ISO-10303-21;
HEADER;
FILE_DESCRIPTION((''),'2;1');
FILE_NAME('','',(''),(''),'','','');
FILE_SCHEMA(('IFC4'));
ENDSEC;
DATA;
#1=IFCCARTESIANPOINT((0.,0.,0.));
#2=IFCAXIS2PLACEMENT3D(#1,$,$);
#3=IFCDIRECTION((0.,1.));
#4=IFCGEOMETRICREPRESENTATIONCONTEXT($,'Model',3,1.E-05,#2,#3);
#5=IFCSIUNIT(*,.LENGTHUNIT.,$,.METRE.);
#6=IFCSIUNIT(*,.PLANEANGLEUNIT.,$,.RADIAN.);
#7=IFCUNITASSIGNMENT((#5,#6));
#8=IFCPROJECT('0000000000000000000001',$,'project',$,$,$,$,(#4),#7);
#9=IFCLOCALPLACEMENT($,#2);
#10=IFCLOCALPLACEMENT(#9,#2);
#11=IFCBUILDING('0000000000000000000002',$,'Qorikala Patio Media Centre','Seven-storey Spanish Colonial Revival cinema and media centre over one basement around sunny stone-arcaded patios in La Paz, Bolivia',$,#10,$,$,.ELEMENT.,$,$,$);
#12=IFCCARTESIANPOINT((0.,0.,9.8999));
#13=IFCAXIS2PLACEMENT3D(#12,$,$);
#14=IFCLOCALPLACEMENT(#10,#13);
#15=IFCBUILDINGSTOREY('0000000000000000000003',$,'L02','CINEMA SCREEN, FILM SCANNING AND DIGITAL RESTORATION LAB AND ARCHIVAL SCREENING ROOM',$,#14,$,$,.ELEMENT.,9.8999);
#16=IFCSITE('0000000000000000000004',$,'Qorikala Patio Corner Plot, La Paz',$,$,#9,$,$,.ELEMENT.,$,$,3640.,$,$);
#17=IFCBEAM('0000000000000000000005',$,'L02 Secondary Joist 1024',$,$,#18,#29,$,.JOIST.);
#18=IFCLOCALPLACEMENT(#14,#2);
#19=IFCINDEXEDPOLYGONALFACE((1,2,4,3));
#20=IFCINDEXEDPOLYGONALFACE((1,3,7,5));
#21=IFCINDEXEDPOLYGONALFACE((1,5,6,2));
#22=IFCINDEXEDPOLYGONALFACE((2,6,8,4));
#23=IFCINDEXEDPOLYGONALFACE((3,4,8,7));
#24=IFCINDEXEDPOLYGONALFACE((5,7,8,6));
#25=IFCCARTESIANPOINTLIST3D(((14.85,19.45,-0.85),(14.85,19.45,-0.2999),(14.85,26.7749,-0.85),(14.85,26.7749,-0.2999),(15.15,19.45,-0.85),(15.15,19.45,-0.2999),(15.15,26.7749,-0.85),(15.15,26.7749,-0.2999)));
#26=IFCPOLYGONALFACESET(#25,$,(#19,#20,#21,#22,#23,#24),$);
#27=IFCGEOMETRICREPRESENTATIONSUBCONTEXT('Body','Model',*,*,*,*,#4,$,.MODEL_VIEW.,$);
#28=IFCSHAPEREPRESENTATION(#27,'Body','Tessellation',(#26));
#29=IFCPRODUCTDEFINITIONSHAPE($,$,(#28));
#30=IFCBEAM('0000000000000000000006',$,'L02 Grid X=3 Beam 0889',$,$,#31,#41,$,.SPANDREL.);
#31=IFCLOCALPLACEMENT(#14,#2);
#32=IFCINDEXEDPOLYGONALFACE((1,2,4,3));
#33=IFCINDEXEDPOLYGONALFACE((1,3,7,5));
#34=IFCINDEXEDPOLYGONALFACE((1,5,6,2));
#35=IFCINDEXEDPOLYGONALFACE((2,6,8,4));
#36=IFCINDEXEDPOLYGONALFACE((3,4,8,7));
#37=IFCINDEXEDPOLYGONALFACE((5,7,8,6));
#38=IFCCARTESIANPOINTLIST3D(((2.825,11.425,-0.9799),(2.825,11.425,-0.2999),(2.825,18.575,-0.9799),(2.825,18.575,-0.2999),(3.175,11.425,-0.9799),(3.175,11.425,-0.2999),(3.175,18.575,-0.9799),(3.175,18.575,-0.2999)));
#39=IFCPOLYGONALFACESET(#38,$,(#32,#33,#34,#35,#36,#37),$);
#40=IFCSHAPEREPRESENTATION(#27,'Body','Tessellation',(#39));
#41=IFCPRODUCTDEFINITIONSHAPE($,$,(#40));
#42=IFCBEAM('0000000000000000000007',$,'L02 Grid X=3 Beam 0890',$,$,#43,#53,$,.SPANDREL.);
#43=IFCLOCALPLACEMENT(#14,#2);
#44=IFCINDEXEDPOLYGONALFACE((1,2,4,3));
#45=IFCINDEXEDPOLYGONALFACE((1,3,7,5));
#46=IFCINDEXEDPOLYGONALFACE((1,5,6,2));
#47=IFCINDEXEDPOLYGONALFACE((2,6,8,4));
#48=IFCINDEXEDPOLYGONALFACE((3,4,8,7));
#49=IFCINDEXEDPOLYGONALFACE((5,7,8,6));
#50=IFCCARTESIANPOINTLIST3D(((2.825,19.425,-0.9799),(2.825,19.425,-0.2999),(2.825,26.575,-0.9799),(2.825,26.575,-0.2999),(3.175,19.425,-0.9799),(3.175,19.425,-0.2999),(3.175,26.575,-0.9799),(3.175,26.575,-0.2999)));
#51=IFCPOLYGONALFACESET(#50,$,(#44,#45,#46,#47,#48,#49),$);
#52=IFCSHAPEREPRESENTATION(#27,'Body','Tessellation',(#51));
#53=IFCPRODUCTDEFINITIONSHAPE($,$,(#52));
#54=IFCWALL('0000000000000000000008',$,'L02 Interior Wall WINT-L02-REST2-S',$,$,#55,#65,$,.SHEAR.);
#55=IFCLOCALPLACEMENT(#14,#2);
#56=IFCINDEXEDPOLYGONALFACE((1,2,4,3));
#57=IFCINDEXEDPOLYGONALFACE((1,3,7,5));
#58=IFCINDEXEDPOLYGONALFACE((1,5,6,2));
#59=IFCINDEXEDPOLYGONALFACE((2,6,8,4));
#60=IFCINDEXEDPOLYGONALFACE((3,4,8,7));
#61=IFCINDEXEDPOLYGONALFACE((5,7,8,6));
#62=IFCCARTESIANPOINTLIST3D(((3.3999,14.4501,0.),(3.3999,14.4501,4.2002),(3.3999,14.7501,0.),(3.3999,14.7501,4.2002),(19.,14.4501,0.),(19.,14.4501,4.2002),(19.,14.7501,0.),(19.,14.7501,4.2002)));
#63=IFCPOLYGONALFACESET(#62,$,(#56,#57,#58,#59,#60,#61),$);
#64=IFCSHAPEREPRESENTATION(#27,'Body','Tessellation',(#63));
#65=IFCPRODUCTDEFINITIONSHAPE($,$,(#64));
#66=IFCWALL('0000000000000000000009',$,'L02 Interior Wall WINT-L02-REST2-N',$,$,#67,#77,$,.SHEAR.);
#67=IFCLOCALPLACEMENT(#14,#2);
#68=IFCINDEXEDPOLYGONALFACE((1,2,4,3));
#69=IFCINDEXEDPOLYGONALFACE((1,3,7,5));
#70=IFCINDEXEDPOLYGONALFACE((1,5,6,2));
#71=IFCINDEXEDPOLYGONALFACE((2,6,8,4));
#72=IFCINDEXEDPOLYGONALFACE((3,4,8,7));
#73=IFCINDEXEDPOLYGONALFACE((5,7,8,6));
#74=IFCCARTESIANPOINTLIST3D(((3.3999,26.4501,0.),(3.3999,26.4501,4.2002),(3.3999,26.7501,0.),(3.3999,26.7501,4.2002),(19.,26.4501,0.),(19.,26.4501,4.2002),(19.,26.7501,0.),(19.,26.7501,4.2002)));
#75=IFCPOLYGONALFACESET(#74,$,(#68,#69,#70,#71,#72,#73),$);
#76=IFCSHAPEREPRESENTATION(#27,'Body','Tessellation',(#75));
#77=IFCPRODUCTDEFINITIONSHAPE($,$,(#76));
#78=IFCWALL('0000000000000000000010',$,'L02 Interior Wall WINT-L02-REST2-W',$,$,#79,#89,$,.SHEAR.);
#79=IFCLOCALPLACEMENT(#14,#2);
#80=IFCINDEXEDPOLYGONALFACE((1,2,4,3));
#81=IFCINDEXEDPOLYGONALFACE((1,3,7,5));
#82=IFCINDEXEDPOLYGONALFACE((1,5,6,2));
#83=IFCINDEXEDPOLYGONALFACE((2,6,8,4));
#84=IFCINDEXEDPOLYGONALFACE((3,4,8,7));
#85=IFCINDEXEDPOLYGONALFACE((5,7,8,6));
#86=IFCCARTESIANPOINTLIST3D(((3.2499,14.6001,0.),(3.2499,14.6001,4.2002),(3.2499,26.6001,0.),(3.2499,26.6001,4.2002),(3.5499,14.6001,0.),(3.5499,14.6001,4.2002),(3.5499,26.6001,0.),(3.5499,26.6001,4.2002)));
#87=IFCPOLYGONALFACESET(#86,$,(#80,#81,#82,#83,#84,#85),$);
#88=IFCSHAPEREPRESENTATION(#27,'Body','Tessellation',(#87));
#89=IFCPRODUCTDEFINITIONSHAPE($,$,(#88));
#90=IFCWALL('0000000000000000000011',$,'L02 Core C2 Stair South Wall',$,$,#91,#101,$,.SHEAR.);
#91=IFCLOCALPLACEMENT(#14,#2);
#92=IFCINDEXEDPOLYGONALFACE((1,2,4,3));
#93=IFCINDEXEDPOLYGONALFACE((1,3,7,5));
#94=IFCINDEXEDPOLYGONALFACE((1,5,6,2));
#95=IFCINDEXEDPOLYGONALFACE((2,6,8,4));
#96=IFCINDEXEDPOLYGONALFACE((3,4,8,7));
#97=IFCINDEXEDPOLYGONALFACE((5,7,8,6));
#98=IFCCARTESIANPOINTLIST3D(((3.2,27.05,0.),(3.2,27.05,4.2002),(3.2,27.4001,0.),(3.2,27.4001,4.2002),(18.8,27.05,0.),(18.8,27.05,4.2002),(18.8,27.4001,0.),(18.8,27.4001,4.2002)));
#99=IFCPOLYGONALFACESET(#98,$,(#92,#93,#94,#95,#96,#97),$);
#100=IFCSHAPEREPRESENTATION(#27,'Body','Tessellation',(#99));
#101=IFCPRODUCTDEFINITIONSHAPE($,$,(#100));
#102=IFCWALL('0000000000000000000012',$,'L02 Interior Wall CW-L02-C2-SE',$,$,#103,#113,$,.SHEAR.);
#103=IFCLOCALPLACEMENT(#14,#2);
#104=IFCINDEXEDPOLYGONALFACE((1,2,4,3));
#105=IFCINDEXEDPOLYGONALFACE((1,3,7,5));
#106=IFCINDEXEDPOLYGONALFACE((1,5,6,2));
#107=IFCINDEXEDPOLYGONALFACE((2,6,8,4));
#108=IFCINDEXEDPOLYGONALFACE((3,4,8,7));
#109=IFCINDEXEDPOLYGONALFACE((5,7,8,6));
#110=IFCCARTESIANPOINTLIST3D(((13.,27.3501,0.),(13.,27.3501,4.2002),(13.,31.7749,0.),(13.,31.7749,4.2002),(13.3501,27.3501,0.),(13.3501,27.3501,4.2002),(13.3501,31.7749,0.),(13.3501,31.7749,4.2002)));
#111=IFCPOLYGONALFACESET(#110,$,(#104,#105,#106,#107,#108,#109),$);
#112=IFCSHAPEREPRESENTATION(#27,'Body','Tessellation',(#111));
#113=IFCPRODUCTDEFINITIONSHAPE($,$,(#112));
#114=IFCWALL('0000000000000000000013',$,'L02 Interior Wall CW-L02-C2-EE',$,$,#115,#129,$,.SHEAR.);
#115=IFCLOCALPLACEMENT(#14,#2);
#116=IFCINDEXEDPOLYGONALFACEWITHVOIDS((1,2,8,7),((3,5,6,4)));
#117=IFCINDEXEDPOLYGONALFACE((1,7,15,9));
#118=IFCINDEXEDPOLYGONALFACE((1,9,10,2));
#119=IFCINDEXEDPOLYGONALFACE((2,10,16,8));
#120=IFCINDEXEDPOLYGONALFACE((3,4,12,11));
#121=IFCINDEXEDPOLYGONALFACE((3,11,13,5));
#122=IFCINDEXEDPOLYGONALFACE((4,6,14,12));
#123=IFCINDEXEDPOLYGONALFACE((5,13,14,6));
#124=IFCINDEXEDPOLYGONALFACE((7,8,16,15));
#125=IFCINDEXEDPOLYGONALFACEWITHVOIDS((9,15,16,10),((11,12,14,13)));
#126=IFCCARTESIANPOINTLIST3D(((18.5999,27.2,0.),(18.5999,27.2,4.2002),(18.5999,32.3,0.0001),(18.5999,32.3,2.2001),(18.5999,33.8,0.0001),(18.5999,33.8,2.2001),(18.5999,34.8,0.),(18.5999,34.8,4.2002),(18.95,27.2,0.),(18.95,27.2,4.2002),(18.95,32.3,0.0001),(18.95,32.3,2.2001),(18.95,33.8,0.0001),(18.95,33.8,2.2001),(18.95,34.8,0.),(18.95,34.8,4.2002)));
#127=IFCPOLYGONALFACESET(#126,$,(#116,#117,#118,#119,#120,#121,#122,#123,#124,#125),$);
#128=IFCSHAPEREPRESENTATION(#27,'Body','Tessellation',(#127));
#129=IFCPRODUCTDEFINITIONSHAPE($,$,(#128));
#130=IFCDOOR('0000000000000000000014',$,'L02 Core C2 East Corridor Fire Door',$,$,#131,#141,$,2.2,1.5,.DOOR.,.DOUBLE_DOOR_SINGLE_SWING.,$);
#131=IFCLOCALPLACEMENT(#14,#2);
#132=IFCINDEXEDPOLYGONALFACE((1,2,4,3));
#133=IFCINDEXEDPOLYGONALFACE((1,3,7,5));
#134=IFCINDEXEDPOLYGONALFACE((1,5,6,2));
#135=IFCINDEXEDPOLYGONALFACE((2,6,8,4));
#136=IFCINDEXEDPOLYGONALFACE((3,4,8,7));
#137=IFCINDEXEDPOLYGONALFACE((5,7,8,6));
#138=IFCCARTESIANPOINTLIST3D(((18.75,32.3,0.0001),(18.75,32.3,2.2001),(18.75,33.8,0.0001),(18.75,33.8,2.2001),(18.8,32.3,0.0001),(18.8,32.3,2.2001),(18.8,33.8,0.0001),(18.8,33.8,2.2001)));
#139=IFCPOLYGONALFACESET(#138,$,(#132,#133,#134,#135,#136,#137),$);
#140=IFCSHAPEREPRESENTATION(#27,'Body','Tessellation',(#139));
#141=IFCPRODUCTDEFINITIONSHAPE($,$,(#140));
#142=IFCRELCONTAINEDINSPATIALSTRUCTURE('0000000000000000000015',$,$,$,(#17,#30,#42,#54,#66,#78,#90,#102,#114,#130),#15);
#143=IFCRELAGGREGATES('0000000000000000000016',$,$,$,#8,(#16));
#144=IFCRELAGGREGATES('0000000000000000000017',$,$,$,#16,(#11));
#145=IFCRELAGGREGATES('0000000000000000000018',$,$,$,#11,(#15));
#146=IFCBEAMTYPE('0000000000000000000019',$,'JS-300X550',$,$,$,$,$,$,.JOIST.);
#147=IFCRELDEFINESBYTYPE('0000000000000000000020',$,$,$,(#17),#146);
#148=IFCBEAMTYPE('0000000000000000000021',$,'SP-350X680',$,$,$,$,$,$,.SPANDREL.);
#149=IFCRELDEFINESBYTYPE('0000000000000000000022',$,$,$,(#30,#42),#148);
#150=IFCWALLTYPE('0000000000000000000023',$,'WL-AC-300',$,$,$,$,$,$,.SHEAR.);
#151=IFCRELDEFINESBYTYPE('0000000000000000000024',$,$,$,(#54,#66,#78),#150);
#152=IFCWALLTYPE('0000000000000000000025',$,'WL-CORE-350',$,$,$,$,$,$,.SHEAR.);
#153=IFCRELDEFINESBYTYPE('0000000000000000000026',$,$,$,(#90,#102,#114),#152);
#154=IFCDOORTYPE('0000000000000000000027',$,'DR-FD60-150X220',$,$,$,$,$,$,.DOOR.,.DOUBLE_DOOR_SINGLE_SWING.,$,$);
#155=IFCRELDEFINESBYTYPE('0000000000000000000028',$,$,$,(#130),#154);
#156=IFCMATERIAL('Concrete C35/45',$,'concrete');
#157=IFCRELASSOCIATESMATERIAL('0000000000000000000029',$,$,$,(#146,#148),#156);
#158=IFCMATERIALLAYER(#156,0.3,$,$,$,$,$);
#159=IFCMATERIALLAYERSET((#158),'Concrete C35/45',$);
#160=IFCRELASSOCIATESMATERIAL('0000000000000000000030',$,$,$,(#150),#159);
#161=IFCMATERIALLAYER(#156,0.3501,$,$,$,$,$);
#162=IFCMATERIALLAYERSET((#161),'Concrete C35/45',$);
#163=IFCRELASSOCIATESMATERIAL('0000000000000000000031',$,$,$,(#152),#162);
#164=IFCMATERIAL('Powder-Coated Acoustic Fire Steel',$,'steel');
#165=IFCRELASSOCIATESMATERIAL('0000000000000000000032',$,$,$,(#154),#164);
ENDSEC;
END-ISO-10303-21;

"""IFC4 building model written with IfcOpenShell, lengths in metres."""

from ifc_helpers import new_model, si_unit, direction, frame, frame_2d, origin, origin_2d, place, context, subcontext, project, spatial, rectangle, extrude, material, layer, layer_set, material_profile, profile_set, type_object, element, fill, save


model = new_model("IFC4")

# Units and contexts
model_context = context("Model", 3, precision=1e-05, world=origin(), true_north=direction((0.0, 1.0)))
body_context = subcontext(model_context, "Body", "Model", "MODEL_VIEW")
ifc_project = project(units=[si_unit("LENGTHUNIT", "METRE"), si_unit("PLANEANGLEUNIT", "RADIAN")], contexts=[model_context])

# Site, building, storey
site_placement = place(None, origin())
site = spatial("IfcSite", under=ifc_project, at=site_placement, Name="Qorikala Patio Corner Plot, La Paz", CompositionType="ELEMENT", RefElevation=3640.0)
building_placement = place(site_placement, origin())
building = spatial("IfcBuilding", under=site, at=building_placement, Name="Qorikala Patio Media Centre", Description="Seven-storey Spanish Colonial Revival cinema and media centre over one basement around sunny stone-arcaded patios in La Paz, Bolivia", CompositionType="ELEMENT")
storey_placement = place(building_placement, frame((0.0, 0.0, 9.8999)))
storey = spatial("IfcBuildingStorey", under=building, at=storey_placement, Name="L02", Description="CINEMA SCREEN, FILM SCANNING AND DIGITAL RESTORATION LAB AND ARCHIVAL SCREENING ROOM", CompositionType="ELEMENT", Elevation=9.8999)

# Shared definitions
ifc_material_1 = material(Name="Concrete C35/45", Category="concrete")

# Beams
ifc_material_profile_1 = material_profile(ifc_material_1, rectangle(XDim=0.3, YDim=0.55, at=origin_2d()), Name="RC 300x550")
ifc_profile_set_1 = profile_set([ifc_material_profile_1], Name="Concrete C35/45")
beam_type_1 = type_object("IfcBeamType", Name="JS-300X550", PredefinedType="JOIST", material=ifc_profile_set_1)
for number, where, z_axis, x_axis, name in (
    (1, (15.0, 19.45, -0.575), (0.0, 1.0, 0.0), (-1.0, 0.0, 0.0), "L02 Secondary Joist 1024"),
):
    element("IfcBeam", number, at=place(storey_placement, frame(where, z_axis=z_axis, x_axis=x_axis)), inside=storey, type_object=beam_type_1, Name=name, PredefinedType="JOIST", context=body_context, shape_type="SweptSolid", body=[
        extrude(rectangle(XDim=0.3, YDim=0.55, at=origin_2d()), origin(), (0.0, 0.0, 1.0), 7.325),
    ])
ifc_material_profile_2 = material_profile(ifc_material_1, rectangle(XDim=0.3501, YDim=0.6799, at=origin_2d()), Name="RC 350x680")
ifc_profile_set_2 = profile_set([ifc_material_profile_2], Name="Concrete C35/45")
beam_type_2 = type_object("IfcBeamType", Name="SP-350X680", PredefinedType="SPANDREL", material=ifc_profile_set_2)
for number, where, z_axis, x_axis, name in (
    (2, (3.0, 11.425, -0.6399), (0.0, 1.0, 0.0), (-1.0, 0.0, 0.0), "L02 Grid X=3 Beam 0889"),
    (3, (3.0, 19.425, -0.6399), (0.0, 1.0, 0.0), (-1.0, 0.0, 0.0), "L02 Grid X=3 Beam 0890"),
):
    element("IfcBeam", number, at=place(storey_placement, frame(where, z_axis=z_axis, x_axis=x_axis)), inside=storey, type_object=beam_type_2, Name=name, PredefinedType="SPANDREL", context=body_context, shape_type="SweptSolid", body=[
        extrude(rectangle(XDim=0.3501, YDim=0.6799, at=origin_2d()), origin(), (0.0, 0.0, 1.0), 7.1499),
    ])

# Walls
ifc_layer_1 = layer(ifc_material_1, 0.3)
ifc_layer_set_1 = layer_set([ifc_layer_1], Name="Concrete C35/45")
wall_type_1 = type_object("IfcWallType", Name="WL-AC-300", PredefinedType="SHEAR", material=ifc_layer_set_1)
for number, where, z_axis, x_axis, name in (
    (4, (3.3999, 14.6001, 0.0), (0.0, 0.0, 1.0), (1.0, 0.0, 0.0), "L02 Interior Wall WINT-L02-REST2-S"),
    (5, (3.3999, 26.6001, 0.0), (0.0, 0.0, 1.0), (1.0, 0.0, 0.0), "L02 Interior Wall WINT-L02-REST2-N"),
):
    element("IfcWall", number, at=place(storey_placement, frame(where, z_axis=z_axis, x_axis=x_axis)), inside=storey, type_object=wall_type_1, Name=name, PredefinedType="SHEAR", context=body_context, shape_type="SweptSolid", body=[
        extrude(rectangle(XDim=15.6001, YDim=0.3, at=frame_2d((7.8, 0.0))), origin(), (0.0, 0.0, 1.0), 4.2002),
    ])
wall_1_placement = place(storey_placement, frame((3.3999, 14.6001, 0.0), z_axis=(0.0, 0.0, 1.0), x_axis=(0.0, 1.0, 0.0)))
element("IfcWall", 6, at=wall_1_placement, inside=storey, type_object=wall_type_1, Name="L02 Interior Wall WINT-L02-REST2-W", PredefinedType="SHEAR", context=body_context, shape_type="SweptSolid", body=[
    extrude(rectangle(XDim=12.0, YDim=0.3, at=frame_2d((6.0, 0.0))), origin(), (0.0, 0.0, 1.0), 4.2002),
])
ifc_layer_2 = layer(ifc_material_1, 0.3501)
ifc_layer_set_2 = layer_set([ifc_layer_2], Name="Concrete C35/45")
wall_type_2 = type_object("IfcWallType", Name="WL-CORE-350", PredefinedType="SHEAR", material=ifc_layer_set_2)
wall_2_placement = place(storey_placement, frame((3.2, 27.2251, 0.0), z_axis=(0.0, 0.0, 1.0), x_axis=(1.0, 0.0, 0.0)))
element("IfcWall", 7, at=wall_2_placement, inside=storey, type_object=wall_type_2, Name="L02 Core C2 Stair South Wall", PredefinedType="SHEAR", context=body_context, shape_type="SweptSolid", body=[
    extrude(rectangle(XDim=15.6001, YDim=0.3501, at=frame_2d((7.8, 0.0))), origin(), (0.0, 0.0, 1.0), 4.2002),
])
wall_3_placement = place(storey_placement, frame((13.175, 27.3501, 0.0), z_axis=(0.0, 0.0, 1.0), x_axis=(0.0, 1.0, 0.0)))
element("IfcWall", 8, at=wall_3_placement, inside=storey, type_object=wall_type_2, Name="L02 Interior Wall CW-L02-C2-SE", PredefinedType="SHEAR", context=body_context, shape_type="SweptSolid", body=[
    extrude(rectangle(XDim=4.4248, YDim=0.3501, at=frame_2d((2.2124, 0.0))), origin(), (0.0, 0.0, 1.0), 4.2002),
])

# Wall, opening, door
wall_4_placement = place(storey_placement, frame((18.7749, 27.2, 0.0), z_axis=(0.0, 0.0, 1.0), x_axis=(0.0, 1.0, 0.0)))
wall_4 = element("IfcWall", 9, at=wall_4_placement, inside=storey, type_object=wall_type_2, Name="L02 Interior Wall CW-L02-C2-EE", PredefinedType="SHEAR", context=body_context, shape_type="SweptSolid", body=[
    extrude(rectangle(XDim=7.6001, YDim=0.3501, at=frame_2d((3.8, 0.0))), origin(), (0.0, 0.0, 1.0), 4.2002),
])
opening_1_placement = place(wall_4_placement, frame((5.1001, 0.0, 0.0)))
opening_1 = element("IfcOpeningElement", 10, at=opening_1_placement, cuts=wall_4, PredefinedType="OPENING", context=body_context, shape_type="SweptSolid", body=[
    extrude(rectangle(XDim=1.5, YDim=2.2, at=frame_2d((0.75, 1.1001))), frame((0.0, 0.1851, 0.0), z_axis=(0.0, -1.0, 0.0), x_axis=(1.0, 0.0, 0.0)), (0.0, 0.0, 1.0), 0.3701),
])
ifc_material_2 = material(Name="Powder-Coated Acoustic Fire Steel", Category="steel")
door_type = type_object("IfcDoorType", Name="DR-FD60-150X220", OperationType="DOUBLE_DOOR_SINGLE_SWING", PredefinedType="DOOR", material=ifc_material_2)
door_placement = place(opening_1_placement, origin())
door = element("IfcDoor", 11, at=door_placement, inside=storey, type_object=door_type, Name="L02 Core C2 East Corridor Fire Door", OperationType="DOUBLE_DOOR_SINGLE_SWING", OverallHeight=2.2, OverallWidth=1.5, PredefinedType="DOOR", context=body_context, shape_type="SweptSolid", body=[
    extrude(rectangle(XDim=1.5, YDim=2.2, at=frame_2d((0.75, 1.1001))), frame((0.0, 0.0249, 0.0), z_axis=(0.0, -1.0, 0.0), x_axis=(1.0, 0.0, 0.0)), (0.0, 0.0, 1.0), 0.05),
])
fill(opening_1, door)

save(model, "model.ifc")
